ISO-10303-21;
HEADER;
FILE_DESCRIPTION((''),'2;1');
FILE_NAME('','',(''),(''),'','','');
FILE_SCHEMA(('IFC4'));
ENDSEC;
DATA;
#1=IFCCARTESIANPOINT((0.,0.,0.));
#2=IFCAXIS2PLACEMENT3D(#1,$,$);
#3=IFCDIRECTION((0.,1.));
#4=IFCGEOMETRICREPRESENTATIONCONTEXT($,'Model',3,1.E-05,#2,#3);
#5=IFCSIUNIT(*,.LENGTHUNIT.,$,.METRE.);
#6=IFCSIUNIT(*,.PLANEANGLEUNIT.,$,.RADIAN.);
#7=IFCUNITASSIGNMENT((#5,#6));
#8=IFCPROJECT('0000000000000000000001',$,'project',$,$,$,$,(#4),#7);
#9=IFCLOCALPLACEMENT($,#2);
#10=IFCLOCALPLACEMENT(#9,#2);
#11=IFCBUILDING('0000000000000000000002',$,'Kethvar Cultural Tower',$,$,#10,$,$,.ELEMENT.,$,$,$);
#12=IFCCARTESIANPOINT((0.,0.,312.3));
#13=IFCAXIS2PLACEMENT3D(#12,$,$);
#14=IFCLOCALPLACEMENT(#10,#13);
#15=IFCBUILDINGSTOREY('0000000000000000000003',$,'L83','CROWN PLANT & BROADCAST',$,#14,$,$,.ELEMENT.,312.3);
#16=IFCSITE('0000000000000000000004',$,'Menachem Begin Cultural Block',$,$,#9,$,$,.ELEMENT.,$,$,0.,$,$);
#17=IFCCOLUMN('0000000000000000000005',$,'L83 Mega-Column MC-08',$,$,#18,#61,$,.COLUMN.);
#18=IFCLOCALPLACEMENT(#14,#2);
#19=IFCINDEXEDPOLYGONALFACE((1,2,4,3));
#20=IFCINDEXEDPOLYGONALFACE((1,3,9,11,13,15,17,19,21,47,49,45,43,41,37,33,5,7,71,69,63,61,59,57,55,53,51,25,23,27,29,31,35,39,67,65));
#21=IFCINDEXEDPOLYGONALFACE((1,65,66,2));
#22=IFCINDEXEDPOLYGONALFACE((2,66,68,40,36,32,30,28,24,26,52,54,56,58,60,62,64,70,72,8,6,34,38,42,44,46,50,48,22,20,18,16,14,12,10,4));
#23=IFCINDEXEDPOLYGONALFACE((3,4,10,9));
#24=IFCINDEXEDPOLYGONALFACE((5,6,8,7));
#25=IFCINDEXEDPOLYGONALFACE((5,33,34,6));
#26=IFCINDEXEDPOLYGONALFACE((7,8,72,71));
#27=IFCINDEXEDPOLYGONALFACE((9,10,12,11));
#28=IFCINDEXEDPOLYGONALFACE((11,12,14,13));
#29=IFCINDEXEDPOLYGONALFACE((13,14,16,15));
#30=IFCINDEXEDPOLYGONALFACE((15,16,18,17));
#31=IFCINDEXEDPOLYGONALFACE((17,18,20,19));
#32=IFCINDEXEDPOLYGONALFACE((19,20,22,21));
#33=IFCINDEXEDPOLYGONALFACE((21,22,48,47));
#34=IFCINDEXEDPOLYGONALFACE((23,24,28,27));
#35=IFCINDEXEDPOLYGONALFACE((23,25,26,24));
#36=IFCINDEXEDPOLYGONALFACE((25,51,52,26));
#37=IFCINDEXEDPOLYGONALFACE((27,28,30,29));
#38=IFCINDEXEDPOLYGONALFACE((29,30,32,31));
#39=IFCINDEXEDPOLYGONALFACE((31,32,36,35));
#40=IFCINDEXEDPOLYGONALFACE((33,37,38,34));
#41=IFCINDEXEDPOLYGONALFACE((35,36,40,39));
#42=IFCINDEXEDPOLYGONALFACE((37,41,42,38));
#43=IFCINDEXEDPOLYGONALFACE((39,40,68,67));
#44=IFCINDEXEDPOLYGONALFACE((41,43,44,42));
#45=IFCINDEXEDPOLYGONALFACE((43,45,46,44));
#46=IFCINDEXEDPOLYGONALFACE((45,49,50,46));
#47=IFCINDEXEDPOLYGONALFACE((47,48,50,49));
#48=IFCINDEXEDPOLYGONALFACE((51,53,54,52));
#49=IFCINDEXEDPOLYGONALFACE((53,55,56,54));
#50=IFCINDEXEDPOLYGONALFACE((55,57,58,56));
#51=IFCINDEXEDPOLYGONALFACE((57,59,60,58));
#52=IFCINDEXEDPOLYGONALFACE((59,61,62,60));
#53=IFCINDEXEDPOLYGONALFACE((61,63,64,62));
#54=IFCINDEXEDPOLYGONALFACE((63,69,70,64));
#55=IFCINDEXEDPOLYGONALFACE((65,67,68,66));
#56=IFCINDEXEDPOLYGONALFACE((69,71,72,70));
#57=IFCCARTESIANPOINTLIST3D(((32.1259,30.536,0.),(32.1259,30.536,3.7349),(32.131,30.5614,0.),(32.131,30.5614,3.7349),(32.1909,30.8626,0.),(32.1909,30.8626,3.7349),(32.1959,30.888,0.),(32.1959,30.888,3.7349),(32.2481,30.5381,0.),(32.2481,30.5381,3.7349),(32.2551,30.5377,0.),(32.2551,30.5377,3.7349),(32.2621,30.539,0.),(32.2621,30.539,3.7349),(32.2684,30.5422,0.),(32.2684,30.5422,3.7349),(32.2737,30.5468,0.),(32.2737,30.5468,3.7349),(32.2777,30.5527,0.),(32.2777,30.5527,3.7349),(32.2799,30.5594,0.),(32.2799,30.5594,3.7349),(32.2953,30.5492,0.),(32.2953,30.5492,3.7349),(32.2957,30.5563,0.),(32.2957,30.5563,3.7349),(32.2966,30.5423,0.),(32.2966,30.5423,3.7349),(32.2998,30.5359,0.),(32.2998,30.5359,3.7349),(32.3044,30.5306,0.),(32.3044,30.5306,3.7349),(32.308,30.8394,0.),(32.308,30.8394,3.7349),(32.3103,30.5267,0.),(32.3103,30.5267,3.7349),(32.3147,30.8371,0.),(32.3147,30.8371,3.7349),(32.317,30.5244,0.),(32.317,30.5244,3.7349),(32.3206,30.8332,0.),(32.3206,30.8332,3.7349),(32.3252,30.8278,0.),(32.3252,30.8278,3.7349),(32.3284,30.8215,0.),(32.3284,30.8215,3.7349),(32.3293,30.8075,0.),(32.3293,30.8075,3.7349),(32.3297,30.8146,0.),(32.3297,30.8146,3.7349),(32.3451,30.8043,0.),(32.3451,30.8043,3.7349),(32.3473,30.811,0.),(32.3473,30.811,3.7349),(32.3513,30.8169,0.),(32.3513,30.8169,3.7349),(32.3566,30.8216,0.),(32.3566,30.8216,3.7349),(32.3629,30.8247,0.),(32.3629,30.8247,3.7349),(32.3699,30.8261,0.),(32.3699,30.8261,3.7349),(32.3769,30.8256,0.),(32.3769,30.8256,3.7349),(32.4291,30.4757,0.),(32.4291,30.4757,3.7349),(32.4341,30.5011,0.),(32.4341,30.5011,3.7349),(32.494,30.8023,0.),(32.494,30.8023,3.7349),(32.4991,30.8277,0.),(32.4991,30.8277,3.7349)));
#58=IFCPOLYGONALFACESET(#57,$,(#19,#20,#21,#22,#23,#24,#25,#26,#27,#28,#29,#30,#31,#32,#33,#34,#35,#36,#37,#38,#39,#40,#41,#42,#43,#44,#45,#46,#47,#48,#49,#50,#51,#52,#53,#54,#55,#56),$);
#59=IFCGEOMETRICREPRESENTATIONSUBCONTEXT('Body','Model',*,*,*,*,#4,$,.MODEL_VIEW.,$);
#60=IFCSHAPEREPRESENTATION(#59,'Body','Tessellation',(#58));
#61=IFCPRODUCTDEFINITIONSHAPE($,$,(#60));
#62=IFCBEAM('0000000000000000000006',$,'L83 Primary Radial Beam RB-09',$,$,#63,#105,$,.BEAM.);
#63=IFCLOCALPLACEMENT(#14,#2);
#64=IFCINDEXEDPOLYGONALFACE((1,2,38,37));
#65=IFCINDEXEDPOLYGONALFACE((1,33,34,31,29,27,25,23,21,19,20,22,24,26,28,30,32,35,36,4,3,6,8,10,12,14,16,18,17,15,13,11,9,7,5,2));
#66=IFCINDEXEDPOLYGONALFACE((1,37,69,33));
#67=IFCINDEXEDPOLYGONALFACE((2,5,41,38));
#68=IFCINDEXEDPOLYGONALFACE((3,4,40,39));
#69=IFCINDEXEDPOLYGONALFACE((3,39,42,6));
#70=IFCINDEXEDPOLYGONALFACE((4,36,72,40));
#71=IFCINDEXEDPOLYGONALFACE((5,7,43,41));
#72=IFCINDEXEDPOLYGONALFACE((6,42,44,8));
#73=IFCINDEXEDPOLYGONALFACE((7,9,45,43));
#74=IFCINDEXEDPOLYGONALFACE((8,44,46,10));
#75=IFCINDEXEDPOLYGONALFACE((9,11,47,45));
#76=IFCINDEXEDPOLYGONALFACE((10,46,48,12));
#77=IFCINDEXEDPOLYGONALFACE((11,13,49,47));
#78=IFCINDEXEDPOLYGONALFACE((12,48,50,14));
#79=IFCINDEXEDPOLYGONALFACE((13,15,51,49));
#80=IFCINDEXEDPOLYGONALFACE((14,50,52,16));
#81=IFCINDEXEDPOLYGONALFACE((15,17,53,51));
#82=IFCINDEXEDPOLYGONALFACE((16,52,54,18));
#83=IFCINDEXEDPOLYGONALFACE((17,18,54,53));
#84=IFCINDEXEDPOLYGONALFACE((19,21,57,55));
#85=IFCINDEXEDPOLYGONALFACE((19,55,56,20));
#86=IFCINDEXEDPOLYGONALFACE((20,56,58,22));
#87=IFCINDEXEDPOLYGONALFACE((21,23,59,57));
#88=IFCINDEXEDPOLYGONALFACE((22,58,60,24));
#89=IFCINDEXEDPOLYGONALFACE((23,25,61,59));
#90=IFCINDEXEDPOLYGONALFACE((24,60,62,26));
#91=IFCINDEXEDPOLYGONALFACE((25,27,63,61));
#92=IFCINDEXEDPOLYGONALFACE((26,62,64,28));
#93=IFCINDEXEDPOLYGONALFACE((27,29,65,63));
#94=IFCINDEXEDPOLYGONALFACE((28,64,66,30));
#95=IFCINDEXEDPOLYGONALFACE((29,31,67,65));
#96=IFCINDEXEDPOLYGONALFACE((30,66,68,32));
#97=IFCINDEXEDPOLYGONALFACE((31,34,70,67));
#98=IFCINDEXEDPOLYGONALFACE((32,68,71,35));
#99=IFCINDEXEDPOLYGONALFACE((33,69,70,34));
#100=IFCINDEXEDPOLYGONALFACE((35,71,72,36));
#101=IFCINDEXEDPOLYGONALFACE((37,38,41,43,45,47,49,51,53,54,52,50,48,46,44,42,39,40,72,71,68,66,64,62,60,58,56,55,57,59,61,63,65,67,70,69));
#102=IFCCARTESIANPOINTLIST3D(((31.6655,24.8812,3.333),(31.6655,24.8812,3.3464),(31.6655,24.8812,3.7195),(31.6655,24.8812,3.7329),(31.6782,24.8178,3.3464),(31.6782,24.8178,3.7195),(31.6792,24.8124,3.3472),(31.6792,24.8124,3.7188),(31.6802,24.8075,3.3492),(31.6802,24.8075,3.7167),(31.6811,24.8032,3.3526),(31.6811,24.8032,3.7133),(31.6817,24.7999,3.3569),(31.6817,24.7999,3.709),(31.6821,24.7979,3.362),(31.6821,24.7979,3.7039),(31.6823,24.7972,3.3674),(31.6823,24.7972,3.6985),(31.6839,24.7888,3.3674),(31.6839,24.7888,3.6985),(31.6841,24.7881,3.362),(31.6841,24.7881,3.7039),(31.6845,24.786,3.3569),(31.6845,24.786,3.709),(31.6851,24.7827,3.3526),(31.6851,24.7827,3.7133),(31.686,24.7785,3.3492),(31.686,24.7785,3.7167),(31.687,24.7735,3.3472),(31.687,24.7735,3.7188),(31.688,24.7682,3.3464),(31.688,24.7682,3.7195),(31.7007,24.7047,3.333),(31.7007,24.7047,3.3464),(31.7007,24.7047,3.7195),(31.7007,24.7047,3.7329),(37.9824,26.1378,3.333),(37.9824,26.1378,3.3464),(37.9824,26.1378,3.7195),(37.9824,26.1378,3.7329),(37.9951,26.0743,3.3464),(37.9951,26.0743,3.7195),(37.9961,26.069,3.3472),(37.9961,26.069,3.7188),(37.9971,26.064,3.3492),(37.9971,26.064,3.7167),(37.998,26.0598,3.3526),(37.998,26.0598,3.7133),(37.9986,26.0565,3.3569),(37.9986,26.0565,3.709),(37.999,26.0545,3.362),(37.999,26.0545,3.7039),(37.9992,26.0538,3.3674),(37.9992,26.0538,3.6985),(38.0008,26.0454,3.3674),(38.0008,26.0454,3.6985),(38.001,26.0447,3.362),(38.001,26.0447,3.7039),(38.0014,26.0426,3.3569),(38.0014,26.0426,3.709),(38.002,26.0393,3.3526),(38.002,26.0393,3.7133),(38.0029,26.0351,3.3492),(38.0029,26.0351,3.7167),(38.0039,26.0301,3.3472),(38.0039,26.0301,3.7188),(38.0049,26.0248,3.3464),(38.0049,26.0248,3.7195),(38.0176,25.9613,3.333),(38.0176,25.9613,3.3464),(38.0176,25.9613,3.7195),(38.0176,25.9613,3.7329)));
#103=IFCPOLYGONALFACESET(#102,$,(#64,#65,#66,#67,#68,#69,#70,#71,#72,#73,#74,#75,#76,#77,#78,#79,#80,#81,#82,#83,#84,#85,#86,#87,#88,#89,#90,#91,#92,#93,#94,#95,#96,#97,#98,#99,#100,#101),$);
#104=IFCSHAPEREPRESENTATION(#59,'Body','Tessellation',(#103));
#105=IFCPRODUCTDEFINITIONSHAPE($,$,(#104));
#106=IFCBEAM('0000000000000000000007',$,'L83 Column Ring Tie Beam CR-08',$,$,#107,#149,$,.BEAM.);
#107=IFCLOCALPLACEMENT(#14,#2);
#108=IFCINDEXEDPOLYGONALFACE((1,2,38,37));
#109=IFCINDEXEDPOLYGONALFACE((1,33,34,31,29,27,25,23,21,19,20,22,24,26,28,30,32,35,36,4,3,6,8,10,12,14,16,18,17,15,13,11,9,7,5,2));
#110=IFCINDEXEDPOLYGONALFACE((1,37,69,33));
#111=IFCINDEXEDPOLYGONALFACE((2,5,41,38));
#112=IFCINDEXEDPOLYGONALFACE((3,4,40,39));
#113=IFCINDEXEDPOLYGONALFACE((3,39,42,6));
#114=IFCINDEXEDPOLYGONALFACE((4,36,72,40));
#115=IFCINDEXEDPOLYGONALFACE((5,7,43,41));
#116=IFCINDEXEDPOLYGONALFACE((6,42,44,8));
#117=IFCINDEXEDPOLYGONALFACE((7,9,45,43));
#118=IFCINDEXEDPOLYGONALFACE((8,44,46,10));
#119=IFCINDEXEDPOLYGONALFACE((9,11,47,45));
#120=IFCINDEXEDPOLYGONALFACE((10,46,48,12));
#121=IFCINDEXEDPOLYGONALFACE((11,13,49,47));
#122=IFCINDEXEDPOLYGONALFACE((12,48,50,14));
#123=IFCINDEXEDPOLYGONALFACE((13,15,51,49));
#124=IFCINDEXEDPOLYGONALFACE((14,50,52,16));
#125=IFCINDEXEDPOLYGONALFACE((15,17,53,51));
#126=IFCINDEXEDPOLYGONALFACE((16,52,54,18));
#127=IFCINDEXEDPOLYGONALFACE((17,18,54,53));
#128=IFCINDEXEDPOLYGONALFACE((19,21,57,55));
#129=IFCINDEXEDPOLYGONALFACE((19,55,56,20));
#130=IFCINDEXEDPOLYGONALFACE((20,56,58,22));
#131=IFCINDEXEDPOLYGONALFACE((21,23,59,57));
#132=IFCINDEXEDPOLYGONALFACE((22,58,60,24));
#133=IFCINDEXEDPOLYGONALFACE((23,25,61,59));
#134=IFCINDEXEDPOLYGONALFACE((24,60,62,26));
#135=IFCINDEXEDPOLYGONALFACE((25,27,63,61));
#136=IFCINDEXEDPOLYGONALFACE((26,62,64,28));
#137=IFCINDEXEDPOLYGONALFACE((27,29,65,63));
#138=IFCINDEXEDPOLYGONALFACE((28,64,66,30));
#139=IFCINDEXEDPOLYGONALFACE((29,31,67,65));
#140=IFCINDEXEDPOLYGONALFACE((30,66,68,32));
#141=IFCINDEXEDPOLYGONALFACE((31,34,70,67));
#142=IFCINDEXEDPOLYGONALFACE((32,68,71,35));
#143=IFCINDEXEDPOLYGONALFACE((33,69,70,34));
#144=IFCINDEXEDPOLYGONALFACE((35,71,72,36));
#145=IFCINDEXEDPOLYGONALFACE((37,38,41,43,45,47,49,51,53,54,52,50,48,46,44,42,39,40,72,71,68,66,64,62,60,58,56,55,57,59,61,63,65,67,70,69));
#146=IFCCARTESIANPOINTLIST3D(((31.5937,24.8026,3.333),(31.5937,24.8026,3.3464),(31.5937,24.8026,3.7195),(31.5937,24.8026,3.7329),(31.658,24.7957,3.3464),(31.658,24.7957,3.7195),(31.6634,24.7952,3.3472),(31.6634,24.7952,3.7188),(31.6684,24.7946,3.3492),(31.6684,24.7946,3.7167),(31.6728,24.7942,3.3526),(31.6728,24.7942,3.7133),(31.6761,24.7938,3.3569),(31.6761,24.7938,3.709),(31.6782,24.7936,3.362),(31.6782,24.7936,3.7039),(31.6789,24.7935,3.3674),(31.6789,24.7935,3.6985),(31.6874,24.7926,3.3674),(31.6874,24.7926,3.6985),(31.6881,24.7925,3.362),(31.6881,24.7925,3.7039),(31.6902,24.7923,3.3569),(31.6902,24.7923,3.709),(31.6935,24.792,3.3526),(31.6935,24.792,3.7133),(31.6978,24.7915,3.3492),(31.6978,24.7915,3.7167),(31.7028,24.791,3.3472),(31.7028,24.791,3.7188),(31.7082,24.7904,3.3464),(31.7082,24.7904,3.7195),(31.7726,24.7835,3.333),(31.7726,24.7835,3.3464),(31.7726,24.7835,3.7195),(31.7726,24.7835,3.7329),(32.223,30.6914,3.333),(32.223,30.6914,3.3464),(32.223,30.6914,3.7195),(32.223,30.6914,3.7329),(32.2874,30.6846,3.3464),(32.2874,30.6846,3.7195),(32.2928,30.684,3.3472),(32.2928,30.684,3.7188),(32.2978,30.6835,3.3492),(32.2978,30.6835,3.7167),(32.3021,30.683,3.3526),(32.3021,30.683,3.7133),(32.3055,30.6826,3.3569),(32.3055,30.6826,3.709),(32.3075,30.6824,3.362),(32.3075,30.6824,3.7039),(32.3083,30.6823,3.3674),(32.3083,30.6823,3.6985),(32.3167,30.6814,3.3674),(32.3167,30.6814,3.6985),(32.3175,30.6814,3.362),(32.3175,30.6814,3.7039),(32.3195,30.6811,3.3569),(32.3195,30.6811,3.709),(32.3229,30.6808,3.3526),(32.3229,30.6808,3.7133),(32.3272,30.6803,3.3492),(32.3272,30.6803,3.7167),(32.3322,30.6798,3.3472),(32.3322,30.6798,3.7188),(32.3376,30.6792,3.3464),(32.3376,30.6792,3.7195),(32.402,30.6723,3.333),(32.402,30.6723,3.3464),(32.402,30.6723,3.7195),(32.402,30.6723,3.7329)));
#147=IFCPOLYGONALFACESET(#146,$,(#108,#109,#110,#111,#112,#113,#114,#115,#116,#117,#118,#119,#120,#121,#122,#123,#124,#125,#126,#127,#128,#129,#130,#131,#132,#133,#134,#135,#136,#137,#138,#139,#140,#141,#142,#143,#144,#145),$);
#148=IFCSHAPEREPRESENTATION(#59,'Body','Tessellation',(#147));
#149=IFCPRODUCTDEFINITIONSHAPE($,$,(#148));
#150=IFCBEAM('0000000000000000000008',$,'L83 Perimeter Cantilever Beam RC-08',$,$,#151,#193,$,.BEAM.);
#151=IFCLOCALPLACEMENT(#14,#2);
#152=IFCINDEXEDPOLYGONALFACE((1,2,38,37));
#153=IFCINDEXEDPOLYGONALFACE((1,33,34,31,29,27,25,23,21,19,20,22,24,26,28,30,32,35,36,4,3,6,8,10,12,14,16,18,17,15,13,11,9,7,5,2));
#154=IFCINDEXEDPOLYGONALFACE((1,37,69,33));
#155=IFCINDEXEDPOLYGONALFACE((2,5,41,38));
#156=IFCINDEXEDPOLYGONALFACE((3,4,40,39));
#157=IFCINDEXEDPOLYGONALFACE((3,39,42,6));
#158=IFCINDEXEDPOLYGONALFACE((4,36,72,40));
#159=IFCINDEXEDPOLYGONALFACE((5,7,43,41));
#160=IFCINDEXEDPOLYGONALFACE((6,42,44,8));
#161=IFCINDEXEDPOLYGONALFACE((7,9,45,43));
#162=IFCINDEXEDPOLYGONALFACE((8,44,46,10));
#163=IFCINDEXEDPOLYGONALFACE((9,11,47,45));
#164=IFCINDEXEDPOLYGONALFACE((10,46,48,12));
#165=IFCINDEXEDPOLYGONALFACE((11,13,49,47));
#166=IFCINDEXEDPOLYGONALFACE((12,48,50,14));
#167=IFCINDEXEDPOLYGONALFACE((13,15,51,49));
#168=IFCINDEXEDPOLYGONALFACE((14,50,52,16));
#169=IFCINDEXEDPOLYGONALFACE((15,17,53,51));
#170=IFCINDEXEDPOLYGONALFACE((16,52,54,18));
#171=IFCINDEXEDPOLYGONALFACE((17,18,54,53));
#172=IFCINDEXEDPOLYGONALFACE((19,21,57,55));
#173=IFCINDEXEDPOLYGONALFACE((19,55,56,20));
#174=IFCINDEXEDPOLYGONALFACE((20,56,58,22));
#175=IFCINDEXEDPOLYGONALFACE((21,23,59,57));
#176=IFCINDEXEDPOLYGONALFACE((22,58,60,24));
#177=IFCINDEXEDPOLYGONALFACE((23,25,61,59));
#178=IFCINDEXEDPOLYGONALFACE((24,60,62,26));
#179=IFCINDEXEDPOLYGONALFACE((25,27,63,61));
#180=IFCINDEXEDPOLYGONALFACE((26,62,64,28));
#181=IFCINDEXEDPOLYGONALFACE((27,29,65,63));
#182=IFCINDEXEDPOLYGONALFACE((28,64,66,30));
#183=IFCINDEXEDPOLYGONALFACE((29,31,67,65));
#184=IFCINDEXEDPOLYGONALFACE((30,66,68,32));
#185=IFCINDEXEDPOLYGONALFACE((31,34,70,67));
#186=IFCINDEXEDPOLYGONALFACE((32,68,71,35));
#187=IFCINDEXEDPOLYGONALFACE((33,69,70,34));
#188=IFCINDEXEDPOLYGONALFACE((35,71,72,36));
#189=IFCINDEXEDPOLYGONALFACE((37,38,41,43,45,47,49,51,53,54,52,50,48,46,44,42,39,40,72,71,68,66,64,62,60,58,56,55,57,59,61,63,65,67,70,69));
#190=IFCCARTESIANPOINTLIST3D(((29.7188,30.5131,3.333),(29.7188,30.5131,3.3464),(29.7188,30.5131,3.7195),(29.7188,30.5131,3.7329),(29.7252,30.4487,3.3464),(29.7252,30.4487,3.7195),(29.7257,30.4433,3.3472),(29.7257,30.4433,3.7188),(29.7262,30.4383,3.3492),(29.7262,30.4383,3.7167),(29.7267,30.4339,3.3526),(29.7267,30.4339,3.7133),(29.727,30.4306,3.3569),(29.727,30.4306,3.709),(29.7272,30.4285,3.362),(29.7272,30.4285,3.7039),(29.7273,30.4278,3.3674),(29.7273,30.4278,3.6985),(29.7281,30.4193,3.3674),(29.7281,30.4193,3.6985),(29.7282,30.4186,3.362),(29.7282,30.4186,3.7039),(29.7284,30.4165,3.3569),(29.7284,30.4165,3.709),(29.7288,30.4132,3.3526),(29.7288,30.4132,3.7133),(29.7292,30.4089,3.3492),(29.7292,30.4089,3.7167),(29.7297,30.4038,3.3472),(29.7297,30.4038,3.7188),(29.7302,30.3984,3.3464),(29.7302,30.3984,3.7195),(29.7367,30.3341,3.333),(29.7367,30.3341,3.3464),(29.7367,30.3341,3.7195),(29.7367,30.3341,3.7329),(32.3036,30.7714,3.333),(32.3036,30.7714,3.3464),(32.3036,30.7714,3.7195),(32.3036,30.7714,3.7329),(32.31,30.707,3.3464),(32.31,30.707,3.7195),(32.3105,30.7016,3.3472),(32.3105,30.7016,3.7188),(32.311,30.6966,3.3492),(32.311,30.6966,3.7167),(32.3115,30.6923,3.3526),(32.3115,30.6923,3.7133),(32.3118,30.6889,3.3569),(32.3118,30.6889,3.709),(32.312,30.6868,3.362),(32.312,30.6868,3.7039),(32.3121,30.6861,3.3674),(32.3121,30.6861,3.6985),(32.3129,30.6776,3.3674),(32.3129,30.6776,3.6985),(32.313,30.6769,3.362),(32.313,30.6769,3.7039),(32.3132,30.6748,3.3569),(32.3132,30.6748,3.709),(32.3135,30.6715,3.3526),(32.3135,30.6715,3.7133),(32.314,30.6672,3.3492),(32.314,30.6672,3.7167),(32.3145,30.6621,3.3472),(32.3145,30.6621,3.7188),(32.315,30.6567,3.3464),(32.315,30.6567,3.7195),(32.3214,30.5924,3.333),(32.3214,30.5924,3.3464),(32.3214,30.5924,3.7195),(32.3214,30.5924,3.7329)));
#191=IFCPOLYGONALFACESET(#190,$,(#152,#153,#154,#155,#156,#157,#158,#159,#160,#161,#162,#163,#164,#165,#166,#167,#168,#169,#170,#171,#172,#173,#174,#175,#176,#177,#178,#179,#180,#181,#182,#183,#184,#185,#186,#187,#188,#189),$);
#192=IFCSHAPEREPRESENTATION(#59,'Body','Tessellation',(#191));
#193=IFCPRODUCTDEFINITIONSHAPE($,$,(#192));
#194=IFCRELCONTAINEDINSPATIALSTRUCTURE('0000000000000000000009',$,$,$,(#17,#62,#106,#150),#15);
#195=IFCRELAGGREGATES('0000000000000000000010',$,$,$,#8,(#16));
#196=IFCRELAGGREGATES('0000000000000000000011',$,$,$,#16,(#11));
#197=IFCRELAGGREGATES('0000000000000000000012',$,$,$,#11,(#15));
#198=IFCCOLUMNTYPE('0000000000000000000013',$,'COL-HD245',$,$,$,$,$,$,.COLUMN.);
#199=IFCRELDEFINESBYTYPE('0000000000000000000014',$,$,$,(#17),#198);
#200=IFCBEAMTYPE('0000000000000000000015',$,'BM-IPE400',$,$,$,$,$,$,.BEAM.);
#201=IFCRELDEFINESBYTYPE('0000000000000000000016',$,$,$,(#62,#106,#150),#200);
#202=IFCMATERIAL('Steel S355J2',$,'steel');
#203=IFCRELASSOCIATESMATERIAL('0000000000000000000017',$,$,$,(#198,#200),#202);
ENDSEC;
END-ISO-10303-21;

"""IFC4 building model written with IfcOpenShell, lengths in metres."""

from ifc_helpers import new_model, si_unit, direction, frame, origin, origin_2d, place, context, subcontext, project, spatial, i_section, extrude, source, transform, mapped, material, material_profile, profile_set, type_object, element, save


model = new_model("IFC4")

# Units and contexts
model_context = context("Model", 3, precision=1e-05, world=origin(), true_north=direction((0.0, 1.0)))
body_context = subcontext(model_context, "Body", "Model", "MODEL_VIEW")
ifc_project = project(units=[si_unit("LENGTHUNIT", "METRE"), si_unit("PLANEANGLEUNIT", "RADIAN")], contexts=[model_context])

# Site, building, storey
site_placement = place(None, origin())
site = spatial("IfcSite", under=ifc_project, at=site_placement, Name="Menachem Begin Cultural Block", CompositionType="ELEMENT", RefElevation=0.0)
building_placement = place(site_placement, origin())
building = spatial("IfcBuilding", under=site, at=building_placement, Name="Kethvar Cultural Tower", CompositionType="ELEMENT")
storey_placement = place(building_placement, frame((0.0, 0.0, 312.3)))
storey = spatial("IfcBuildingStorey", under=building, at=storey_placement, Name="L83", Description="CROWN PLANT & BROADCAST", CompositionType="ELEMENT", Elevation=312.3)

# Column
ifc_material_1 = material(Name="Steel S355J2", Category="steel")
ifc_material_profile_1 = material_profile(ifc_material_1, i_section(OverallWidth=0.3091, OverallDepth=0.3589, WebThickness=0.0161, FlangeThickness=0.0259, FilletRadius=0.0271, at=origin_2d()), Name="Steel S355J2 — HD320x245")
ifc_profile_set_1 = profile_set([ifc_material_profile_1], Name="Steel S355J2 — HD320x245")
column_type = type_object("IfcColumnType", Name="COL-HD245", PredefinedType="COLUMN", material=ifc_profile_set_1)
shared_shape_1 = source(origin(), body_context, "Body", "SweptSolid", [
    extrude(i_section(OverallWidth=0.3091, OverallDepth=0.3589, WebThickness=0.0161, FlangeThickness=0.0259, FilletRadius=0.0271, at=origin_2d()), origin(), (0.0, 0.0, 1.0), 3.7349),
])
column_placement = place(storey_placement, frame((32.3125, 30.6819, 0.0), z_axis=(0.0, 0.0, 1.0), x_axis=(-0.980785, 0.19509, 0.0)))
element("IfcColumn", 1, at=column_placement, inside=storey, type_object=column_type, Name="L83 Mega-Column MC-08", PredefinedType="COLUMN", context=body_context, shape_type="MappedRepresentation", body=[
    mapped(shared_shape_1, transform((0.0, 0.0, 0.0), scale=1.0)),
])

# Beams
ifc_material_profile_2 = material_profile(ifc_material_1, i_section(OverallWidth=0.1799, OverallDepth=0.3999, WebThickness=0.0085, FlangeThickness=0.0134, FilletRadius=0.021, at=origin_2d()), Name="Steel S355J2 — IPE400")
ifc_profile_set_2 = profile_set([ifc_material_profile_2], Name="Steel S355J2 — IPE400")
beam_type_1 = type_object("IfcBeamType", Name="BM-IPE400", PredefinedType="BEAM", material=ifc_profile_set_2)
shared_shape_2 = source(origin(), body_context, "Body", "SweptSolid", [
    extrude(i_section(OverallWidth=0.1799, OverallDepth=0.3999, WebThickness=0.0085, FlangeThickness=0.0134, FilletRadius=0.021, at=origin_2d()), origin(), (0.0, 0.0, 1.0), 6.4407),
])
beam_1_placement = place(storey_placement, frame((38.0, 26.0496, 3.533), z_axis=(-0.980783, -0.195103, 0.0), x_axis=(0.195103, -0.980783, 0.0)))
element("IfcBeam", 2, at=beam_1_placement, inside=storey, type_object=beam_type_1, Name="L83 Primary Radial Beam RB-09", PredefinedType="BEAM", context=body_context, shape_type="MappedRepresentation", body=[
    mapped(shared_shape_2, transform((0.0, 0.0, 0.0), scale=1.0)),
])
shared_shape_3 = source(origin(), body_context, "Body", "SweptSolid", [
    extrude(i_section(OverallWidth=0.1799, OverallDepth=0.3999, WebThickness=0.0085, FlangeThickness=0.0134, FilletRadius=0.021, at=origin_2d()), origin(), (0.0, 0.0, 1.0), 5.9224),
])
beam_2_placement = place(storey_placement, frame((32.3125, 30.6819, 3.533), z_axis=(-0.106273, -0.994337, 0.0), x_axis=(0.994337, -0.106273, 0.0)))
element("IfcBeam", 3, at=beam_2_placement, inside=storey, type_object=beam_type_1, Name="L83 Column Ring Tie Beam CR-08", PredefinedType="BEAM", context=body_context, shape_type="MappedRepresentation", body=[
    mapped(shared_shape_3, transform((0.0, 0.0, 0.0), scale=1.0)),
])
shared_shape_4 = source(origin(), body_context, "Body", "SweptSolid", [
    extrude(i_section(OverallWidth=0.1799, OverallDepth=0.3999, WebThickness=0.0085, FlangeThickness=0.0134, FilletRadius=0.021, at=origin_2d()), origin(), (0.0, 0.0, 1.0), 2.5977),
])
beam_3_placement = place(storey_placement, frame((32.3125, 30.6819, 3.533), z_axis=(-0.995044, -0.099439, 0.0), x_axis=(0.099439, -0.995044, 0.0)))
element("IfcBeam", 4, at=beam_3_placement, inside=storey, type_object=beam_type_1, Name="L83 Perimeter Cantilever Beam RC-08", PredefinedType="BEAM", context=body_context, shape_type="MappedRepresentation", body=[
    mapped(shared_shape_4, transform((0.0, 0.0, 0.0), scale=1.0)),
])

save(model, "model.ifc")
